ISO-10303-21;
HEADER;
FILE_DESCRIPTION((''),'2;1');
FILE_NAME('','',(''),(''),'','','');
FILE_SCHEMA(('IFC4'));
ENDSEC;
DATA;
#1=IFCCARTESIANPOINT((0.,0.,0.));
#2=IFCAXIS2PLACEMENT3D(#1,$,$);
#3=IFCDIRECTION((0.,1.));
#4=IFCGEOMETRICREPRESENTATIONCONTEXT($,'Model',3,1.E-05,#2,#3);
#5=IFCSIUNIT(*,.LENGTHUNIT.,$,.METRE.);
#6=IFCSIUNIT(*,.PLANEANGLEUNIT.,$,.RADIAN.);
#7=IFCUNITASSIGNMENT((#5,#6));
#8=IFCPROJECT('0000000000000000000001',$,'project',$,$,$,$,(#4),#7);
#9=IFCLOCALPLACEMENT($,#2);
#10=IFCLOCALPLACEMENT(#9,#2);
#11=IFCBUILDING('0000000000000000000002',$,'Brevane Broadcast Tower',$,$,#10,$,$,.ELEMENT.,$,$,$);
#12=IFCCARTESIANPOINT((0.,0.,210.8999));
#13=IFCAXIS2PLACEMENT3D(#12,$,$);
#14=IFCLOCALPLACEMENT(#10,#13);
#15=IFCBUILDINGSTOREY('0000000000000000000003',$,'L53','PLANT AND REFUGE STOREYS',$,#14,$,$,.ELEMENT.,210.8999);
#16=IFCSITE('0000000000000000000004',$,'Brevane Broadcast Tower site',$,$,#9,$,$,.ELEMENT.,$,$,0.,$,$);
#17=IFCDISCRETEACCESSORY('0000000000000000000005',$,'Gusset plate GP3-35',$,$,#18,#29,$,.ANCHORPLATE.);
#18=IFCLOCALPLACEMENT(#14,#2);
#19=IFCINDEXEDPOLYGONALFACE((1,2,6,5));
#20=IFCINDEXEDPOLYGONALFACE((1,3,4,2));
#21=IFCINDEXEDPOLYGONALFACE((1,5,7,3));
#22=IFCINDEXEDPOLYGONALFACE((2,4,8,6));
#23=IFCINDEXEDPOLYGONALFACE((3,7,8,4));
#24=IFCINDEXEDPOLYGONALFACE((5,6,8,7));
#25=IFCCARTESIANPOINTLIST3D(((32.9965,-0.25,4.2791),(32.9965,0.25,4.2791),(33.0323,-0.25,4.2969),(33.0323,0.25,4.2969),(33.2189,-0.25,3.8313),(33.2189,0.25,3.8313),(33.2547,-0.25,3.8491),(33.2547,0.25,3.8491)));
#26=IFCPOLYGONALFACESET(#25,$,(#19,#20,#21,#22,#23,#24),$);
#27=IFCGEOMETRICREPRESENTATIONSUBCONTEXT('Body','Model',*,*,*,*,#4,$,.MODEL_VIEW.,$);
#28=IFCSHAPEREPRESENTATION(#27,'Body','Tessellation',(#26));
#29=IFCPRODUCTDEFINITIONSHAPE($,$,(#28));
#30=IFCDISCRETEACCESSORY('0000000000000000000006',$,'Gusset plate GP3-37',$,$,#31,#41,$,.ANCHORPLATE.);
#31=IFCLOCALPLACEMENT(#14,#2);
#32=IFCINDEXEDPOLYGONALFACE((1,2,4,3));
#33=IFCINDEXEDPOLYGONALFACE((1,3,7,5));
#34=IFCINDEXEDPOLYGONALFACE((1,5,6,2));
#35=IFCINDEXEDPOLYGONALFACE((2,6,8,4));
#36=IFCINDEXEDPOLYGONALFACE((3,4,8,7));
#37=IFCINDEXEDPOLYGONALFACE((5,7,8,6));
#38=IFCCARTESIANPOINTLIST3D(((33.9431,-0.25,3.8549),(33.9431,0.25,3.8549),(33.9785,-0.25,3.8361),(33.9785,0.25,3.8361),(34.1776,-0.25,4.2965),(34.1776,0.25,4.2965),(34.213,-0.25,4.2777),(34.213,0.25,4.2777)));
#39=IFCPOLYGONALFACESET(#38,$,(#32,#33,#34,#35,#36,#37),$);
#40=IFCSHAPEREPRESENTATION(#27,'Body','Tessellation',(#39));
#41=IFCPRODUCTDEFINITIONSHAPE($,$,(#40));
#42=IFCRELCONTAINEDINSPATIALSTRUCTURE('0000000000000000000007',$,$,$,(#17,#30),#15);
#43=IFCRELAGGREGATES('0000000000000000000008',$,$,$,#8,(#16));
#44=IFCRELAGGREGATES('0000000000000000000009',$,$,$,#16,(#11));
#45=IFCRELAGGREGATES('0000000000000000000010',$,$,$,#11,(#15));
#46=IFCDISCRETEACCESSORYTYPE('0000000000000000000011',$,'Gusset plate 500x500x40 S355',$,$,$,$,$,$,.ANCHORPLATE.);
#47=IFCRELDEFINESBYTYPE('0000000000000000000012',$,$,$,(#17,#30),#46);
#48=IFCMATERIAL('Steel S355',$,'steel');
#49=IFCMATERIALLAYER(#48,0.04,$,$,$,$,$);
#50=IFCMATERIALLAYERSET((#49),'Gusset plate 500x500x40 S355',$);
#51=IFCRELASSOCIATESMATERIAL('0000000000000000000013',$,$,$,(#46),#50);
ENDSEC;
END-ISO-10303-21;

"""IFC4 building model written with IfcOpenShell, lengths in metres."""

from ifc_helpers import new_model, si_unit, direction, frame, origin, origin_2d, place, context, subcontext, project, spatial, rectangle, extrude, material, layer, layer_set, type_object, element, save


model = new_model("IFC4")

# Units and contexts
model_context = context("Model", 3, precision=1e-05, world=origin(), true_north=direction((0.0, 1.0)))
body_context = subcontext(model_context, "Body", "Model", "MODEL_VIEW")
ifc_project = project(units=[si_unit("LENGTHUNIT", "METRE"), si_unit("PLANEANGLEUNIT", "RADIAN")], contexts=[model_context])

# Site, building, storey
site_placement = place(None, origin())
site = spatial("IfcSite", under=ifc_project, at=site_placement, Name="Brevane Broadcast Tower site", CompositionType="ELEMENT", RefElevation=0.0)
building_placement = place(site_placement, origin())
building = spatial("IfcBuilding", under=site, at=building_placement, Name="Brevane Broadcast Tower", CompositionType="ELEMENT")
storey_placement = place(building_placement, frame((0.0, 0.0, 210.8999)))
storey = spatial("IfcBuildingStorey", under=building, at=storey_placement, Name="L53", Description="PLANT AND REFUGE STOREYS", CompositionType="ELEMENT", Elevation=210.8999)

# Shared definitions
ifc_material_1 = material(Name="Steel S355", Category="steel")

# Discrete accessories
ifc_layer_1 = layer(ifc_material_1, 0.04)
ifc_layer_set_1 = layer_set([ifc_layer_1], Name="Gusset plate 500x500x40 S355")
discrete_accessory_type = type_object("IfcDiscreteAccessoryType", Name="Gusset plate 500x500x40 S355", PredefinedType="ANCHORPLATE", material=ifc_layer_set_1)
for number, where, z_axis, x_axis, name in (
    (1, (33.1077, 0.0, 4.0552), (0.895642, 0.0, 0.444775), (0.0, 1.0, 0.0), "Gusset plate GP3-35"),
    (2, (34.0957, 0.0, 4.0569), (-0.883195, 0.0, 0.469007), (0.0, -1.0, 0.0), "Gusset plate GP3-37"),
):
    element("IfcDiscreteAccessory", number, at=place(storey_placement, frame(where, z_axis=z_axis, x_axis=x_axis)), inside=storey, type_object=discrete_accessory_type, Name=name, PredefinedType="ANCHORPLATE", context=body_context, shape_type="SweptSolid", body=[
        extrude(rectangle(XDim=0.5, YDim=0.5, at=origin_2d()), origin(), (0.0, 0.0, 1.0), 0.04),
    ])

save(model, "model.ifc")
